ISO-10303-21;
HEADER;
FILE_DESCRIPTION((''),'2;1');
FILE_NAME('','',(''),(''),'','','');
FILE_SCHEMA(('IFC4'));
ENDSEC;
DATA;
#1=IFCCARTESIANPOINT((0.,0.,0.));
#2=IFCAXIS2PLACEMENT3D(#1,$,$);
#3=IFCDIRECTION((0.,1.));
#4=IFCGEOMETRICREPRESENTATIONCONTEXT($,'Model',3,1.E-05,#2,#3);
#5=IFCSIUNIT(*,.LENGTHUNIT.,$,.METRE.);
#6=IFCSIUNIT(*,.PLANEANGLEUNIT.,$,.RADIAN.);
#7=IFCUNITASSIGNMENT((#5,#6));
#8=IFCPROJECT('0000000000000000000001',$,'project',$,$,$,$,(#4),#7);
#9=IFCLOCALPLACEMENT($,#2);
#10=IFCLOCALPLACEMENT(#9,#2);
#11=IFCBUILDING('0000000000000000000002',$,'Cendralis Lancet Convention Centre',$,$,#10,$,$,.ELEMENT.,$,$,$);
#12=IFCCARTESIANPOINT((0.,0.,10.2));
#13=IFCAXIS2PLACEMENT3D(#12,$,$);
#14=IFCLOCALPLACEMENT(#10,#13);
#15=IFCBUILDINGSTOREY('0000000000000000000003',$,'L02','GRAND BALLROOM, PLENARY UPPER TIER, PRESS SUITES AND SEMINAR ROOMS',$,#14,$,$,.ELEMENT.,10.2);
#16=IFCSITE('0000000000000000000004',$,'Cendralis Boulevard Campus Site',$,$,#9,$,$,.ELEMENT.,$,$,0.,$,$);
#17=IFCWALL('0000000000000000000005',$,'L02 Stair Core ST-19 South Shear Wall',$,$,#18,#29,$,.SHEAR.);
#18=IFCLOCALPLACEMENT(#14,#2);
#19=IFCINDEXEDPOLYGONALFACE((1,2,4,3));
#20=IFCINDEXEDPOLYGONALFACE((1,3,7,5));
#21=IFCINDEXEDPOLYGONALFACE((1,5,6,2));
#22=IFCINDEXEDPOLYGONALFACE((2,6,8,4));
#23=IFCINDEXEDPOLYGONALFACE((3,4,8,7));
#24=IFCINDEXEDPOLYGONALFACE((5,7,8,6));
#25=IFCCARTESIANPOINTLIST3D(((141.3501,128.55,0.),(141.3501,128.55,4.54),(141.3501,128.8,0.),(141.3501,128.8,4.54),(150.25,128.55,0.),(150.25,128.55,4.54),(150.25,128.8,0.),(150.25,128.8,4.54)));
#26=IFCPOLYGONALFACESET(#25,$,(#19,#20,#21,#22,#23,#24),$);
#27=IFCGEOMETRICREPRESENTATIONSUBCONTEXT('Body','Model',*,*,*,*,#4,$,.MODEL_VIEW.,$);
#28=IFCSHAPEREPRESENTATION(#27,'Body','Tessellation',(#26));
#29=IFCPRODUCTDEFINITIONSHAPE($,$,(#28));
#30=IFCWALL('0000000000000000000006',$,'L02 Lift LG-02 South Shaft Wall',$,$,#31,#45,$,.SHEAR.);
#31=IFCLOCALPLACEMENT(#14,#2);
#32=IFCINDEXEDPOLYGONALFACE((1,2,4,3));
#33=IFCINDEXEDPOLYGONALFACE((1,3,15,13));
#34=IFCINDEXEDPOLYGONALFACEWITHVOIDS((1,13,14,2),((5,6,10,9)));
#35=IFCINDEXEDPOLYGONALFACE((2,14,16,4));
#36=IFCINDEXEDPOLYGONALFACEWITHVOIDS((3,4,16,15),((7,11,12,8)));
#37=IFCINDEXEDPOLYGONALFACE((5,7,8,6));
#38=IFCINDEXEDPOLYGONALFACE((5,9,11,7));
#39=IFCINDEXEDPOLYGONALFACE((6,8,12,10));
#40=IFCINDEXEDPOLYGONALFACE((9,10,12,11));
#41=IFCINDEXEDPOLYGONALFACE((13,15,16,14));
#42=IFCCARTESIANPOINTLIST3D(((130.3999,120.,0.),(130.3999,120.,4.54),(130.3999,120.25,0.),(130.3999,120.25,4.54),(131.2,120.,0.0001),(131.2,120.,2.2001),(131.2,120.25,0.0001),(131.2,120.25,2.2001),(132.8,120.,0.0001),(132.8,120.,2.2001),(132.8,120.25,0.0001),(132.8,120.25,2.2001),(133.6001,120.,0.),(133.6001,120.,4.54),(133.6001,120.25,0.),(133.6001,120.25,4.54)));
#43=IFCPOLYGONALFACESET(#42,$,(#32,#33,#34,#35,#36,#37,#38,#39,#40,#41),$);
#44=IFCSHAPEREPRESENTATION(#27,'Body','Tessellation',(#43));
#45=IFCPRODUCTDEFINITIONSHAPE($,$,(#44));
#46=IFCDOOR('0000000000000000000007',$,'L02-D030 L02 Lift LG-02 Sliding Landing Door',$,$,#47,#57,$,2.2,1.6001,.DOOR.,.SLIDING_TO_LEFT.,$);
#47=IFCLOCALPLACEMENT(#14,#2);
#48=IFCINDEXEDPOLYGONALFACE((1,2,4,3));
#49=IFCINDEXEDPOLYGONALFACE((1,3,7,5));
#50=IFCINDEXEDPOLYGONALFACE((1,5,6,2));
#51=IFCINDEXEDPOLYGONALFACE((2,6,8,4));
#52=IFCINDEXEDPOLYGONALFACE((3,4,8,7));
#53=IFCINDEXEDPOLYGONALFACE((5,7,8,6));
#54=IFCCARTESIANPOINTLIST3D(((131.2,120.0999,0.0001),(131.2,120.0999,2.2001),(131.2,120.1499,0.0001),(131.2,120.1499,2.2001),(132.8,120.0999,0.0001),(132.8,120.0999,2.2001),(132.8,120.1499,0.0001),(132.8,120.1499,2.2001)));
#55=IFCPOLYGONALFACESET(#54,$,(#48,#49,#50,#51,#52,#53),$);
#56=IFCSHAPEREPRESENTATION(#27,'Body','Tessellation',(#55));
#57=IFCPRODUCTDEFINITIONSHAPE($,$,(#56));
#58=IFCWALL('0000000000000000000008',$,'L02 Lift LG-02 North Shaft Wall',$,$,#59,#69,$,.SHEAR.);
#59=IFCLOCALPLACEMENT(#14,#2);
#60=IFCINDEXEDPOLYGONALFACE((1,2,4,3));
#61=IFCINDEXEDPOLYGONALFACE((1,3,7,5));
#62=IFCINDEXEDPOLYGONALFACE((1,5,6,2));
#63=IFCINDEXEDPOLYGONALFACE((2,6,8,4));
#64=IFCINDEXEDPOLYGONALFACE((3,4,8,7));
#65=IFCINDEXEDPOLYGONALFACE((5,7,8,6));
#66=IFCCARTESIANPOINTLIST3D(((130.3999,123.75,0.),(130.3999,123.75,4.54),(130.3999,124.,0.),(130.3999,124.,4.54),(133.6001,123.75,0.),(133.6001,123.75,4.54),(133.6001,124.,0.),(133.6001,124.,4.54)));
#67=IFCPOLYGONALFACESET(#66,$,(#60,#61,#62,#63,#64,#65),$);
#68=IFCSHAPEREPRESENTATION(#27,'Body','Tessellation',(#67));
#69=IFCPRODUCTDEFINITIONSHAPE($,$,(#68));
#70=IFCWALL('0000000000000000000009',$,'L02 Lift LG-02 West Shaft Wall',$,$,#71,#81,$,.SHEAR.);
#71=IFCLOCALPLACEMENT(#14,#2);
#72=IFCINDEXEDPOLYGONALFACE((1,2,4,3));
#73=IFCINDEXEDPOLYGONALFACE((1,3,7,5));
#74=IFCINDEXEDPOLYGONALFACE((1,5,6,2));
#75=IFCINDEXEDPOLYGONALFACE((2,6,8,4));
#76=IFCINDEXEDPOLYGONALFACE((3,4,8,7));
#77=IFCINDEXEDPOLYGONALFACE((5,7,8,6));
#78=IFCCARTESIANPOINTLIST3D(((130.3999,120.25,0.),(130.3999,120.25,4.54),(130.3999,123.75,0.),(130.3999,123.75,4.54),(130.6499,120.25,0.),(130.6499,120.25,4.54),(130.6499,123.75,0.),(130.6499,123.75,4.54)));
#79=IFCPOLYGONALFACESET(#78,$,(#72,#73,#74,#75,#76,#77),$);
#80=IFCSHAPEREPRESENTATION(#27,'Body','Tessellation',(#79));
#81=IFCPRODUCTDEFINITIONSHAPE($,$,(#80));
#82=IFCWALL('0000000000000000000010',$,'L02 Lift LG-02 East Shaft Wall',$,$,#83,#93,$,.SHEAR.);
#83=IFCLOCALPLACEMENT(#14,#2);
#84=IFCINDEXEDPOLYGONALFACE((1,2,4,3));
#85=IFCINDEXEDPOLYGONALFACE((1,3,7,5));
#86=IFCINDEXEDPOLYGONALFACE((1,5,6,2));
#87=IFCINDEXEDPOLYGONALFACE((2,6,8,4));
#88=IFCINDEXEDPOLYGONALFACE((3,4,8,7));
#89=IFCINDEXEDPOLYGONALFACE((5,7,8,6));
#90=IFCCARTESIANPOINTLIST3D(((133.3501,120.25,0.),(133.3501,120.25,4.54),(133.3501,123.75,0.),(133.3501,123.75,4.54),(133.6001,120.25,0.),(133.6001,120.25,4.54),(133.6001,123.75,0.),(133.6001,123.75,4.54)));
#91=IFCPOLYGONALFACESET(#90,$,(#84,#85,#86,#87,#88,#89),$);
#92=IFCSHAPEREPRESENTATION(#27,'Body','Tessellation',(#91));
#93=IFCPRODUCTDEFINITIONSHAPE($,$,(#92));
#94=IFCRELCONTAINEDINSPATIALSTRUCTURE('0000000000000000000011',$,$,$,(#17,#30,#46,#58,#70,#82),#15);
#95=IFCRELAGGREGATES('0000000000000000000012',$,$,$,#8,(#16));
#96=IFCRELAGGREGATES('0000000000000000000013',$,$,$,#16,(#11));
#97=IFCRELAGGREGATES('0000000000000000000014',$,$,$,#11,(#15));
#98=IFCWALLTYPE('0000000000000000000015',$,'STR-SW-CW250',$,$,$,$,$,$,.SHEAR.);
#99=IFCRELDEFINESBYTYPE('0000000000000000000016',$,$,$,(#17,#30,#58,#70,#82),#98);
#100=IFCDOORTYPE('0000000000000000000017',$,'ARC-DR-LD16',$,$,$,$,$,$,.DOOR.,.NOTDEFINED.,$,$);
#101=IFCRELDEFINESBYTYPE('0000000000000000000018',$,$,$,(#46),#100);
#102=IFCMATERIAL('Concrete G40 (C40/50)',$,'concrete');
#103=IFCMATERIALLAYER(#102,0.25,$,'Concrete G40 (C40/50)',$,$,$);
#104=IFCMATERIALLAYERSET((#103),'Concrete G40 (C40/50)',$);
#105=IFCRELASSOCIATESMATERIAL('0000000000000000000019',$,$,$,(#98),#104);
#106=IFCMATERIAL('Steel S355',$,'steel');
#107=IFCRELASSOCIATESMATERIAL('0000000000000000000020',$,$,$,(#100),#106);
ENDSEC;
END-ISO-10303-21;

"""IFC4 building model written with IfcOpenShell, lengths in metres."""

from ifc_helpers import new_model, si_unit, direction, frame, frame_2d, origin, place, context, subcontext, project, spatial, rectangle, extrude, material, layer, layer_set, type_object, element, fill, save


model = new_model("IFC4")

# Units and contexts
model_context = context("Model", 3, precision=1e-05, world=origin(), true_north=direction((0.0, 1.0)))
body_context = subcontext(model_context, "Body", "Model", "MODEL_VIEW")
ifc_project = project(units=[si_unit("LENGTHUNIT", "METRE"), si_unit("PLANEANGLEUNIT", "RADIAN")], contexts=[model_context])

# Site, building, storey
site_placement = place(None, origin())
site = spatial("IfcSite", under=ifc_project, at=site_placement, Name="Cendralis Boulevard Campus Site", CompositionType="ELEMENT", RefElevation=0.0)
building_placement = place(site_placement, origin())
building = spatial("IfcBuilding", under=site, at=building_placement, Name="Cendralis Lancet Convention Centre", CompositionType="ELEMENT")
storey_placement = place(building_placement, frame((0.0, 0.0, 10.2)))
storey = spatial("IfcBuildingStorey", under=building, at=storey_placement, Name="L02", Description="GRAND BALLROOM, PLENARY UPPER TIER, PRESS SUITES AND SEMINAR ROOMS", CompositionType="ELEMENT", Elevation=10.2)

# Shared definitions
ifc_material_1 = material(Name="Steel S355", Category="steel")

# Shared definitions
ifc_material_2 = material(Name="Concrete G40 (C40/50)", Category="concrete")

# Shared definitions
ifc_layer_1 = layer(ifc_material_2, 0.25, Name="Concrete G40 (C40/50)")
ifc_layer_set_1 = layer_set([ifc_layer_1], Name="Concrete G40 (C40/50)")
wall_type_1 = type_object("IfcWallType", Name="STR-SW-CW250", PredefinedType="SHEAR", material=ifc_layer_set_1)

# Wall
wall_1_placement = place(storey_placement, frame((141.3501, 128.675, 0.0), z_axis=(0.0, 0.0, 1.0), x_axis=(1.0, 0.0, 0.0)))
element("IfcWall", 1, at=wall_1_placement, inside=storey, type_object=wall_type_1, Name="L02 Stair Core ST-19 South Shear Wall", PredefinedType="SHEAR", context=body_context, shape_type="SweptSolid", body=[
    extrude(rectangle(XDim=8.8999, YDim=0.25, at=frame_2d((4.45, 0.0))), origin(), (0.0, 0.0, 1.0), 4.54),
])

# Wall, opening, door
wall_2_placement = place(storey_placement, frame((130.3999, 120.125, 0.0), z_axis=(0.0, 0.0, 1.0), x_axis=(1.0, 0.0, 0.0)))
wall_2 = element("IfcWall", 2, at=wall_2_placement, inside=storey, type_object=wall_type_1, Name="L02 Lift LG-02 South Shaft Wall", PredefinedType="SHEAR", context=body_context, shape_type="SweptSolid", body=[
    extrude(rectangle(XDim=3.2002, YDim=0.25, at=frame_2d((1.6001, 0.0))), origin(), (0.0, 0.0, 1.0), 4.54),
])
opening_1_placement = place(wall_2_placement, frame((0.8, 0.0, 0.0)))
opening_1 = element("IfcOpeningElement", 3, at=opening_1_placement, cuts=wall_2, PredefinedType="OPENING", context=body_context, shape_type="SweptSolid", body=[
    extrude(rectangle(XDim=1.6001, YDim=2.2, at=frame_2d((0.8, 1.1001))), frame((0.0, 0.135, 0.0), z_axis=(0.0, -1.0, 0.0), x_axis=(1.0, 0.0, 0.0)), (0.0, 0.0, 1.0), 0.27),
])
door_type_1 = type_object("IfcDoorType", Name="ARC-DR-LD16", OperationType="NOTDEFINED", PredefinedType="DOOR", material=ifc_material_1)
door_1_placement = place(opening_1_placement, origin())
door_1 = element("IfcDoor", 4, at=door_1_placement, inside=storey, type_object=door_type_1, Name="L02-D030 L02 Lift LG-02 Sliding Landing Door", OperationType="SLIDING_TO_LEFT", OverallHeight=2.2, OverallWidth=1.6001, PredefinedType="DOOR", context=body_context, shape_type="SweptSolid", body=[
    extrude(rectangle(XDim=1.6001, YDim=2.2, at=frame_2d((0.8, 1.1001))), frame((0.0, 0.0249, 0.0), z_axis=(0.0, -1.0, 0.0), x_axis=(1.0, 0.0, 0.0)), (0.0, 0.0, 1.0), 0.05),
])
fill(opening_1, door_1)

# Walls
wall_3_placement = place(storey_placement, frame((130.3999, 123.875, 0.0), z_axis=(0.0, 0.0, 1.0), x_axis=(1.0, 0.0, 0.0)))
element("IfcWall", 5, at=wall_3_placement, inside=storey, type_object=wall_type_1, Name="L02 Lift LG-02 North Shaft Wall", PredefinedType="SHEAR", context=body_context, shape_type="SweptSolid", body=[
    extrude(rectangle(XDim=3.2002, YDim=0.25, at=frame_2d((1.6001, 0.0))), origin(), (0.0, 0.0, 1.0), 4.54),
])
for number, where, z_axis, x_axis, name in (
    (6, (130.5249, 120.25, 0.0), (0.0, 0.0, 1.0), (0.0, 1.0, 0.0), "L02 Lift LG-02 West Shaft Wall"),
    (7, (133.4751, 120.25, 0.0), (0.0, 0.0, 1.0), (0.0, 1.0, 0.0), "L02 Lift LG-02 East Shaft Wall"),
):
    element("IfcWall", number, at=place(storey_placement, frame(where, z_axis=z_axis, x_axis=x_axis)), inside=storey, type_object=wall_type_1, Name=name, PredefinedType="SHEAR", context=body_context, shape_type="SweptSolid", body=[
        extrude(rectangle(XDim=3.5, YDim=0.25, at=frame_2d((1.75, 0.0))), origin(), (0.0, 0.0, 1.0), 4.54),
    ])

save(model, "model.ifc")
